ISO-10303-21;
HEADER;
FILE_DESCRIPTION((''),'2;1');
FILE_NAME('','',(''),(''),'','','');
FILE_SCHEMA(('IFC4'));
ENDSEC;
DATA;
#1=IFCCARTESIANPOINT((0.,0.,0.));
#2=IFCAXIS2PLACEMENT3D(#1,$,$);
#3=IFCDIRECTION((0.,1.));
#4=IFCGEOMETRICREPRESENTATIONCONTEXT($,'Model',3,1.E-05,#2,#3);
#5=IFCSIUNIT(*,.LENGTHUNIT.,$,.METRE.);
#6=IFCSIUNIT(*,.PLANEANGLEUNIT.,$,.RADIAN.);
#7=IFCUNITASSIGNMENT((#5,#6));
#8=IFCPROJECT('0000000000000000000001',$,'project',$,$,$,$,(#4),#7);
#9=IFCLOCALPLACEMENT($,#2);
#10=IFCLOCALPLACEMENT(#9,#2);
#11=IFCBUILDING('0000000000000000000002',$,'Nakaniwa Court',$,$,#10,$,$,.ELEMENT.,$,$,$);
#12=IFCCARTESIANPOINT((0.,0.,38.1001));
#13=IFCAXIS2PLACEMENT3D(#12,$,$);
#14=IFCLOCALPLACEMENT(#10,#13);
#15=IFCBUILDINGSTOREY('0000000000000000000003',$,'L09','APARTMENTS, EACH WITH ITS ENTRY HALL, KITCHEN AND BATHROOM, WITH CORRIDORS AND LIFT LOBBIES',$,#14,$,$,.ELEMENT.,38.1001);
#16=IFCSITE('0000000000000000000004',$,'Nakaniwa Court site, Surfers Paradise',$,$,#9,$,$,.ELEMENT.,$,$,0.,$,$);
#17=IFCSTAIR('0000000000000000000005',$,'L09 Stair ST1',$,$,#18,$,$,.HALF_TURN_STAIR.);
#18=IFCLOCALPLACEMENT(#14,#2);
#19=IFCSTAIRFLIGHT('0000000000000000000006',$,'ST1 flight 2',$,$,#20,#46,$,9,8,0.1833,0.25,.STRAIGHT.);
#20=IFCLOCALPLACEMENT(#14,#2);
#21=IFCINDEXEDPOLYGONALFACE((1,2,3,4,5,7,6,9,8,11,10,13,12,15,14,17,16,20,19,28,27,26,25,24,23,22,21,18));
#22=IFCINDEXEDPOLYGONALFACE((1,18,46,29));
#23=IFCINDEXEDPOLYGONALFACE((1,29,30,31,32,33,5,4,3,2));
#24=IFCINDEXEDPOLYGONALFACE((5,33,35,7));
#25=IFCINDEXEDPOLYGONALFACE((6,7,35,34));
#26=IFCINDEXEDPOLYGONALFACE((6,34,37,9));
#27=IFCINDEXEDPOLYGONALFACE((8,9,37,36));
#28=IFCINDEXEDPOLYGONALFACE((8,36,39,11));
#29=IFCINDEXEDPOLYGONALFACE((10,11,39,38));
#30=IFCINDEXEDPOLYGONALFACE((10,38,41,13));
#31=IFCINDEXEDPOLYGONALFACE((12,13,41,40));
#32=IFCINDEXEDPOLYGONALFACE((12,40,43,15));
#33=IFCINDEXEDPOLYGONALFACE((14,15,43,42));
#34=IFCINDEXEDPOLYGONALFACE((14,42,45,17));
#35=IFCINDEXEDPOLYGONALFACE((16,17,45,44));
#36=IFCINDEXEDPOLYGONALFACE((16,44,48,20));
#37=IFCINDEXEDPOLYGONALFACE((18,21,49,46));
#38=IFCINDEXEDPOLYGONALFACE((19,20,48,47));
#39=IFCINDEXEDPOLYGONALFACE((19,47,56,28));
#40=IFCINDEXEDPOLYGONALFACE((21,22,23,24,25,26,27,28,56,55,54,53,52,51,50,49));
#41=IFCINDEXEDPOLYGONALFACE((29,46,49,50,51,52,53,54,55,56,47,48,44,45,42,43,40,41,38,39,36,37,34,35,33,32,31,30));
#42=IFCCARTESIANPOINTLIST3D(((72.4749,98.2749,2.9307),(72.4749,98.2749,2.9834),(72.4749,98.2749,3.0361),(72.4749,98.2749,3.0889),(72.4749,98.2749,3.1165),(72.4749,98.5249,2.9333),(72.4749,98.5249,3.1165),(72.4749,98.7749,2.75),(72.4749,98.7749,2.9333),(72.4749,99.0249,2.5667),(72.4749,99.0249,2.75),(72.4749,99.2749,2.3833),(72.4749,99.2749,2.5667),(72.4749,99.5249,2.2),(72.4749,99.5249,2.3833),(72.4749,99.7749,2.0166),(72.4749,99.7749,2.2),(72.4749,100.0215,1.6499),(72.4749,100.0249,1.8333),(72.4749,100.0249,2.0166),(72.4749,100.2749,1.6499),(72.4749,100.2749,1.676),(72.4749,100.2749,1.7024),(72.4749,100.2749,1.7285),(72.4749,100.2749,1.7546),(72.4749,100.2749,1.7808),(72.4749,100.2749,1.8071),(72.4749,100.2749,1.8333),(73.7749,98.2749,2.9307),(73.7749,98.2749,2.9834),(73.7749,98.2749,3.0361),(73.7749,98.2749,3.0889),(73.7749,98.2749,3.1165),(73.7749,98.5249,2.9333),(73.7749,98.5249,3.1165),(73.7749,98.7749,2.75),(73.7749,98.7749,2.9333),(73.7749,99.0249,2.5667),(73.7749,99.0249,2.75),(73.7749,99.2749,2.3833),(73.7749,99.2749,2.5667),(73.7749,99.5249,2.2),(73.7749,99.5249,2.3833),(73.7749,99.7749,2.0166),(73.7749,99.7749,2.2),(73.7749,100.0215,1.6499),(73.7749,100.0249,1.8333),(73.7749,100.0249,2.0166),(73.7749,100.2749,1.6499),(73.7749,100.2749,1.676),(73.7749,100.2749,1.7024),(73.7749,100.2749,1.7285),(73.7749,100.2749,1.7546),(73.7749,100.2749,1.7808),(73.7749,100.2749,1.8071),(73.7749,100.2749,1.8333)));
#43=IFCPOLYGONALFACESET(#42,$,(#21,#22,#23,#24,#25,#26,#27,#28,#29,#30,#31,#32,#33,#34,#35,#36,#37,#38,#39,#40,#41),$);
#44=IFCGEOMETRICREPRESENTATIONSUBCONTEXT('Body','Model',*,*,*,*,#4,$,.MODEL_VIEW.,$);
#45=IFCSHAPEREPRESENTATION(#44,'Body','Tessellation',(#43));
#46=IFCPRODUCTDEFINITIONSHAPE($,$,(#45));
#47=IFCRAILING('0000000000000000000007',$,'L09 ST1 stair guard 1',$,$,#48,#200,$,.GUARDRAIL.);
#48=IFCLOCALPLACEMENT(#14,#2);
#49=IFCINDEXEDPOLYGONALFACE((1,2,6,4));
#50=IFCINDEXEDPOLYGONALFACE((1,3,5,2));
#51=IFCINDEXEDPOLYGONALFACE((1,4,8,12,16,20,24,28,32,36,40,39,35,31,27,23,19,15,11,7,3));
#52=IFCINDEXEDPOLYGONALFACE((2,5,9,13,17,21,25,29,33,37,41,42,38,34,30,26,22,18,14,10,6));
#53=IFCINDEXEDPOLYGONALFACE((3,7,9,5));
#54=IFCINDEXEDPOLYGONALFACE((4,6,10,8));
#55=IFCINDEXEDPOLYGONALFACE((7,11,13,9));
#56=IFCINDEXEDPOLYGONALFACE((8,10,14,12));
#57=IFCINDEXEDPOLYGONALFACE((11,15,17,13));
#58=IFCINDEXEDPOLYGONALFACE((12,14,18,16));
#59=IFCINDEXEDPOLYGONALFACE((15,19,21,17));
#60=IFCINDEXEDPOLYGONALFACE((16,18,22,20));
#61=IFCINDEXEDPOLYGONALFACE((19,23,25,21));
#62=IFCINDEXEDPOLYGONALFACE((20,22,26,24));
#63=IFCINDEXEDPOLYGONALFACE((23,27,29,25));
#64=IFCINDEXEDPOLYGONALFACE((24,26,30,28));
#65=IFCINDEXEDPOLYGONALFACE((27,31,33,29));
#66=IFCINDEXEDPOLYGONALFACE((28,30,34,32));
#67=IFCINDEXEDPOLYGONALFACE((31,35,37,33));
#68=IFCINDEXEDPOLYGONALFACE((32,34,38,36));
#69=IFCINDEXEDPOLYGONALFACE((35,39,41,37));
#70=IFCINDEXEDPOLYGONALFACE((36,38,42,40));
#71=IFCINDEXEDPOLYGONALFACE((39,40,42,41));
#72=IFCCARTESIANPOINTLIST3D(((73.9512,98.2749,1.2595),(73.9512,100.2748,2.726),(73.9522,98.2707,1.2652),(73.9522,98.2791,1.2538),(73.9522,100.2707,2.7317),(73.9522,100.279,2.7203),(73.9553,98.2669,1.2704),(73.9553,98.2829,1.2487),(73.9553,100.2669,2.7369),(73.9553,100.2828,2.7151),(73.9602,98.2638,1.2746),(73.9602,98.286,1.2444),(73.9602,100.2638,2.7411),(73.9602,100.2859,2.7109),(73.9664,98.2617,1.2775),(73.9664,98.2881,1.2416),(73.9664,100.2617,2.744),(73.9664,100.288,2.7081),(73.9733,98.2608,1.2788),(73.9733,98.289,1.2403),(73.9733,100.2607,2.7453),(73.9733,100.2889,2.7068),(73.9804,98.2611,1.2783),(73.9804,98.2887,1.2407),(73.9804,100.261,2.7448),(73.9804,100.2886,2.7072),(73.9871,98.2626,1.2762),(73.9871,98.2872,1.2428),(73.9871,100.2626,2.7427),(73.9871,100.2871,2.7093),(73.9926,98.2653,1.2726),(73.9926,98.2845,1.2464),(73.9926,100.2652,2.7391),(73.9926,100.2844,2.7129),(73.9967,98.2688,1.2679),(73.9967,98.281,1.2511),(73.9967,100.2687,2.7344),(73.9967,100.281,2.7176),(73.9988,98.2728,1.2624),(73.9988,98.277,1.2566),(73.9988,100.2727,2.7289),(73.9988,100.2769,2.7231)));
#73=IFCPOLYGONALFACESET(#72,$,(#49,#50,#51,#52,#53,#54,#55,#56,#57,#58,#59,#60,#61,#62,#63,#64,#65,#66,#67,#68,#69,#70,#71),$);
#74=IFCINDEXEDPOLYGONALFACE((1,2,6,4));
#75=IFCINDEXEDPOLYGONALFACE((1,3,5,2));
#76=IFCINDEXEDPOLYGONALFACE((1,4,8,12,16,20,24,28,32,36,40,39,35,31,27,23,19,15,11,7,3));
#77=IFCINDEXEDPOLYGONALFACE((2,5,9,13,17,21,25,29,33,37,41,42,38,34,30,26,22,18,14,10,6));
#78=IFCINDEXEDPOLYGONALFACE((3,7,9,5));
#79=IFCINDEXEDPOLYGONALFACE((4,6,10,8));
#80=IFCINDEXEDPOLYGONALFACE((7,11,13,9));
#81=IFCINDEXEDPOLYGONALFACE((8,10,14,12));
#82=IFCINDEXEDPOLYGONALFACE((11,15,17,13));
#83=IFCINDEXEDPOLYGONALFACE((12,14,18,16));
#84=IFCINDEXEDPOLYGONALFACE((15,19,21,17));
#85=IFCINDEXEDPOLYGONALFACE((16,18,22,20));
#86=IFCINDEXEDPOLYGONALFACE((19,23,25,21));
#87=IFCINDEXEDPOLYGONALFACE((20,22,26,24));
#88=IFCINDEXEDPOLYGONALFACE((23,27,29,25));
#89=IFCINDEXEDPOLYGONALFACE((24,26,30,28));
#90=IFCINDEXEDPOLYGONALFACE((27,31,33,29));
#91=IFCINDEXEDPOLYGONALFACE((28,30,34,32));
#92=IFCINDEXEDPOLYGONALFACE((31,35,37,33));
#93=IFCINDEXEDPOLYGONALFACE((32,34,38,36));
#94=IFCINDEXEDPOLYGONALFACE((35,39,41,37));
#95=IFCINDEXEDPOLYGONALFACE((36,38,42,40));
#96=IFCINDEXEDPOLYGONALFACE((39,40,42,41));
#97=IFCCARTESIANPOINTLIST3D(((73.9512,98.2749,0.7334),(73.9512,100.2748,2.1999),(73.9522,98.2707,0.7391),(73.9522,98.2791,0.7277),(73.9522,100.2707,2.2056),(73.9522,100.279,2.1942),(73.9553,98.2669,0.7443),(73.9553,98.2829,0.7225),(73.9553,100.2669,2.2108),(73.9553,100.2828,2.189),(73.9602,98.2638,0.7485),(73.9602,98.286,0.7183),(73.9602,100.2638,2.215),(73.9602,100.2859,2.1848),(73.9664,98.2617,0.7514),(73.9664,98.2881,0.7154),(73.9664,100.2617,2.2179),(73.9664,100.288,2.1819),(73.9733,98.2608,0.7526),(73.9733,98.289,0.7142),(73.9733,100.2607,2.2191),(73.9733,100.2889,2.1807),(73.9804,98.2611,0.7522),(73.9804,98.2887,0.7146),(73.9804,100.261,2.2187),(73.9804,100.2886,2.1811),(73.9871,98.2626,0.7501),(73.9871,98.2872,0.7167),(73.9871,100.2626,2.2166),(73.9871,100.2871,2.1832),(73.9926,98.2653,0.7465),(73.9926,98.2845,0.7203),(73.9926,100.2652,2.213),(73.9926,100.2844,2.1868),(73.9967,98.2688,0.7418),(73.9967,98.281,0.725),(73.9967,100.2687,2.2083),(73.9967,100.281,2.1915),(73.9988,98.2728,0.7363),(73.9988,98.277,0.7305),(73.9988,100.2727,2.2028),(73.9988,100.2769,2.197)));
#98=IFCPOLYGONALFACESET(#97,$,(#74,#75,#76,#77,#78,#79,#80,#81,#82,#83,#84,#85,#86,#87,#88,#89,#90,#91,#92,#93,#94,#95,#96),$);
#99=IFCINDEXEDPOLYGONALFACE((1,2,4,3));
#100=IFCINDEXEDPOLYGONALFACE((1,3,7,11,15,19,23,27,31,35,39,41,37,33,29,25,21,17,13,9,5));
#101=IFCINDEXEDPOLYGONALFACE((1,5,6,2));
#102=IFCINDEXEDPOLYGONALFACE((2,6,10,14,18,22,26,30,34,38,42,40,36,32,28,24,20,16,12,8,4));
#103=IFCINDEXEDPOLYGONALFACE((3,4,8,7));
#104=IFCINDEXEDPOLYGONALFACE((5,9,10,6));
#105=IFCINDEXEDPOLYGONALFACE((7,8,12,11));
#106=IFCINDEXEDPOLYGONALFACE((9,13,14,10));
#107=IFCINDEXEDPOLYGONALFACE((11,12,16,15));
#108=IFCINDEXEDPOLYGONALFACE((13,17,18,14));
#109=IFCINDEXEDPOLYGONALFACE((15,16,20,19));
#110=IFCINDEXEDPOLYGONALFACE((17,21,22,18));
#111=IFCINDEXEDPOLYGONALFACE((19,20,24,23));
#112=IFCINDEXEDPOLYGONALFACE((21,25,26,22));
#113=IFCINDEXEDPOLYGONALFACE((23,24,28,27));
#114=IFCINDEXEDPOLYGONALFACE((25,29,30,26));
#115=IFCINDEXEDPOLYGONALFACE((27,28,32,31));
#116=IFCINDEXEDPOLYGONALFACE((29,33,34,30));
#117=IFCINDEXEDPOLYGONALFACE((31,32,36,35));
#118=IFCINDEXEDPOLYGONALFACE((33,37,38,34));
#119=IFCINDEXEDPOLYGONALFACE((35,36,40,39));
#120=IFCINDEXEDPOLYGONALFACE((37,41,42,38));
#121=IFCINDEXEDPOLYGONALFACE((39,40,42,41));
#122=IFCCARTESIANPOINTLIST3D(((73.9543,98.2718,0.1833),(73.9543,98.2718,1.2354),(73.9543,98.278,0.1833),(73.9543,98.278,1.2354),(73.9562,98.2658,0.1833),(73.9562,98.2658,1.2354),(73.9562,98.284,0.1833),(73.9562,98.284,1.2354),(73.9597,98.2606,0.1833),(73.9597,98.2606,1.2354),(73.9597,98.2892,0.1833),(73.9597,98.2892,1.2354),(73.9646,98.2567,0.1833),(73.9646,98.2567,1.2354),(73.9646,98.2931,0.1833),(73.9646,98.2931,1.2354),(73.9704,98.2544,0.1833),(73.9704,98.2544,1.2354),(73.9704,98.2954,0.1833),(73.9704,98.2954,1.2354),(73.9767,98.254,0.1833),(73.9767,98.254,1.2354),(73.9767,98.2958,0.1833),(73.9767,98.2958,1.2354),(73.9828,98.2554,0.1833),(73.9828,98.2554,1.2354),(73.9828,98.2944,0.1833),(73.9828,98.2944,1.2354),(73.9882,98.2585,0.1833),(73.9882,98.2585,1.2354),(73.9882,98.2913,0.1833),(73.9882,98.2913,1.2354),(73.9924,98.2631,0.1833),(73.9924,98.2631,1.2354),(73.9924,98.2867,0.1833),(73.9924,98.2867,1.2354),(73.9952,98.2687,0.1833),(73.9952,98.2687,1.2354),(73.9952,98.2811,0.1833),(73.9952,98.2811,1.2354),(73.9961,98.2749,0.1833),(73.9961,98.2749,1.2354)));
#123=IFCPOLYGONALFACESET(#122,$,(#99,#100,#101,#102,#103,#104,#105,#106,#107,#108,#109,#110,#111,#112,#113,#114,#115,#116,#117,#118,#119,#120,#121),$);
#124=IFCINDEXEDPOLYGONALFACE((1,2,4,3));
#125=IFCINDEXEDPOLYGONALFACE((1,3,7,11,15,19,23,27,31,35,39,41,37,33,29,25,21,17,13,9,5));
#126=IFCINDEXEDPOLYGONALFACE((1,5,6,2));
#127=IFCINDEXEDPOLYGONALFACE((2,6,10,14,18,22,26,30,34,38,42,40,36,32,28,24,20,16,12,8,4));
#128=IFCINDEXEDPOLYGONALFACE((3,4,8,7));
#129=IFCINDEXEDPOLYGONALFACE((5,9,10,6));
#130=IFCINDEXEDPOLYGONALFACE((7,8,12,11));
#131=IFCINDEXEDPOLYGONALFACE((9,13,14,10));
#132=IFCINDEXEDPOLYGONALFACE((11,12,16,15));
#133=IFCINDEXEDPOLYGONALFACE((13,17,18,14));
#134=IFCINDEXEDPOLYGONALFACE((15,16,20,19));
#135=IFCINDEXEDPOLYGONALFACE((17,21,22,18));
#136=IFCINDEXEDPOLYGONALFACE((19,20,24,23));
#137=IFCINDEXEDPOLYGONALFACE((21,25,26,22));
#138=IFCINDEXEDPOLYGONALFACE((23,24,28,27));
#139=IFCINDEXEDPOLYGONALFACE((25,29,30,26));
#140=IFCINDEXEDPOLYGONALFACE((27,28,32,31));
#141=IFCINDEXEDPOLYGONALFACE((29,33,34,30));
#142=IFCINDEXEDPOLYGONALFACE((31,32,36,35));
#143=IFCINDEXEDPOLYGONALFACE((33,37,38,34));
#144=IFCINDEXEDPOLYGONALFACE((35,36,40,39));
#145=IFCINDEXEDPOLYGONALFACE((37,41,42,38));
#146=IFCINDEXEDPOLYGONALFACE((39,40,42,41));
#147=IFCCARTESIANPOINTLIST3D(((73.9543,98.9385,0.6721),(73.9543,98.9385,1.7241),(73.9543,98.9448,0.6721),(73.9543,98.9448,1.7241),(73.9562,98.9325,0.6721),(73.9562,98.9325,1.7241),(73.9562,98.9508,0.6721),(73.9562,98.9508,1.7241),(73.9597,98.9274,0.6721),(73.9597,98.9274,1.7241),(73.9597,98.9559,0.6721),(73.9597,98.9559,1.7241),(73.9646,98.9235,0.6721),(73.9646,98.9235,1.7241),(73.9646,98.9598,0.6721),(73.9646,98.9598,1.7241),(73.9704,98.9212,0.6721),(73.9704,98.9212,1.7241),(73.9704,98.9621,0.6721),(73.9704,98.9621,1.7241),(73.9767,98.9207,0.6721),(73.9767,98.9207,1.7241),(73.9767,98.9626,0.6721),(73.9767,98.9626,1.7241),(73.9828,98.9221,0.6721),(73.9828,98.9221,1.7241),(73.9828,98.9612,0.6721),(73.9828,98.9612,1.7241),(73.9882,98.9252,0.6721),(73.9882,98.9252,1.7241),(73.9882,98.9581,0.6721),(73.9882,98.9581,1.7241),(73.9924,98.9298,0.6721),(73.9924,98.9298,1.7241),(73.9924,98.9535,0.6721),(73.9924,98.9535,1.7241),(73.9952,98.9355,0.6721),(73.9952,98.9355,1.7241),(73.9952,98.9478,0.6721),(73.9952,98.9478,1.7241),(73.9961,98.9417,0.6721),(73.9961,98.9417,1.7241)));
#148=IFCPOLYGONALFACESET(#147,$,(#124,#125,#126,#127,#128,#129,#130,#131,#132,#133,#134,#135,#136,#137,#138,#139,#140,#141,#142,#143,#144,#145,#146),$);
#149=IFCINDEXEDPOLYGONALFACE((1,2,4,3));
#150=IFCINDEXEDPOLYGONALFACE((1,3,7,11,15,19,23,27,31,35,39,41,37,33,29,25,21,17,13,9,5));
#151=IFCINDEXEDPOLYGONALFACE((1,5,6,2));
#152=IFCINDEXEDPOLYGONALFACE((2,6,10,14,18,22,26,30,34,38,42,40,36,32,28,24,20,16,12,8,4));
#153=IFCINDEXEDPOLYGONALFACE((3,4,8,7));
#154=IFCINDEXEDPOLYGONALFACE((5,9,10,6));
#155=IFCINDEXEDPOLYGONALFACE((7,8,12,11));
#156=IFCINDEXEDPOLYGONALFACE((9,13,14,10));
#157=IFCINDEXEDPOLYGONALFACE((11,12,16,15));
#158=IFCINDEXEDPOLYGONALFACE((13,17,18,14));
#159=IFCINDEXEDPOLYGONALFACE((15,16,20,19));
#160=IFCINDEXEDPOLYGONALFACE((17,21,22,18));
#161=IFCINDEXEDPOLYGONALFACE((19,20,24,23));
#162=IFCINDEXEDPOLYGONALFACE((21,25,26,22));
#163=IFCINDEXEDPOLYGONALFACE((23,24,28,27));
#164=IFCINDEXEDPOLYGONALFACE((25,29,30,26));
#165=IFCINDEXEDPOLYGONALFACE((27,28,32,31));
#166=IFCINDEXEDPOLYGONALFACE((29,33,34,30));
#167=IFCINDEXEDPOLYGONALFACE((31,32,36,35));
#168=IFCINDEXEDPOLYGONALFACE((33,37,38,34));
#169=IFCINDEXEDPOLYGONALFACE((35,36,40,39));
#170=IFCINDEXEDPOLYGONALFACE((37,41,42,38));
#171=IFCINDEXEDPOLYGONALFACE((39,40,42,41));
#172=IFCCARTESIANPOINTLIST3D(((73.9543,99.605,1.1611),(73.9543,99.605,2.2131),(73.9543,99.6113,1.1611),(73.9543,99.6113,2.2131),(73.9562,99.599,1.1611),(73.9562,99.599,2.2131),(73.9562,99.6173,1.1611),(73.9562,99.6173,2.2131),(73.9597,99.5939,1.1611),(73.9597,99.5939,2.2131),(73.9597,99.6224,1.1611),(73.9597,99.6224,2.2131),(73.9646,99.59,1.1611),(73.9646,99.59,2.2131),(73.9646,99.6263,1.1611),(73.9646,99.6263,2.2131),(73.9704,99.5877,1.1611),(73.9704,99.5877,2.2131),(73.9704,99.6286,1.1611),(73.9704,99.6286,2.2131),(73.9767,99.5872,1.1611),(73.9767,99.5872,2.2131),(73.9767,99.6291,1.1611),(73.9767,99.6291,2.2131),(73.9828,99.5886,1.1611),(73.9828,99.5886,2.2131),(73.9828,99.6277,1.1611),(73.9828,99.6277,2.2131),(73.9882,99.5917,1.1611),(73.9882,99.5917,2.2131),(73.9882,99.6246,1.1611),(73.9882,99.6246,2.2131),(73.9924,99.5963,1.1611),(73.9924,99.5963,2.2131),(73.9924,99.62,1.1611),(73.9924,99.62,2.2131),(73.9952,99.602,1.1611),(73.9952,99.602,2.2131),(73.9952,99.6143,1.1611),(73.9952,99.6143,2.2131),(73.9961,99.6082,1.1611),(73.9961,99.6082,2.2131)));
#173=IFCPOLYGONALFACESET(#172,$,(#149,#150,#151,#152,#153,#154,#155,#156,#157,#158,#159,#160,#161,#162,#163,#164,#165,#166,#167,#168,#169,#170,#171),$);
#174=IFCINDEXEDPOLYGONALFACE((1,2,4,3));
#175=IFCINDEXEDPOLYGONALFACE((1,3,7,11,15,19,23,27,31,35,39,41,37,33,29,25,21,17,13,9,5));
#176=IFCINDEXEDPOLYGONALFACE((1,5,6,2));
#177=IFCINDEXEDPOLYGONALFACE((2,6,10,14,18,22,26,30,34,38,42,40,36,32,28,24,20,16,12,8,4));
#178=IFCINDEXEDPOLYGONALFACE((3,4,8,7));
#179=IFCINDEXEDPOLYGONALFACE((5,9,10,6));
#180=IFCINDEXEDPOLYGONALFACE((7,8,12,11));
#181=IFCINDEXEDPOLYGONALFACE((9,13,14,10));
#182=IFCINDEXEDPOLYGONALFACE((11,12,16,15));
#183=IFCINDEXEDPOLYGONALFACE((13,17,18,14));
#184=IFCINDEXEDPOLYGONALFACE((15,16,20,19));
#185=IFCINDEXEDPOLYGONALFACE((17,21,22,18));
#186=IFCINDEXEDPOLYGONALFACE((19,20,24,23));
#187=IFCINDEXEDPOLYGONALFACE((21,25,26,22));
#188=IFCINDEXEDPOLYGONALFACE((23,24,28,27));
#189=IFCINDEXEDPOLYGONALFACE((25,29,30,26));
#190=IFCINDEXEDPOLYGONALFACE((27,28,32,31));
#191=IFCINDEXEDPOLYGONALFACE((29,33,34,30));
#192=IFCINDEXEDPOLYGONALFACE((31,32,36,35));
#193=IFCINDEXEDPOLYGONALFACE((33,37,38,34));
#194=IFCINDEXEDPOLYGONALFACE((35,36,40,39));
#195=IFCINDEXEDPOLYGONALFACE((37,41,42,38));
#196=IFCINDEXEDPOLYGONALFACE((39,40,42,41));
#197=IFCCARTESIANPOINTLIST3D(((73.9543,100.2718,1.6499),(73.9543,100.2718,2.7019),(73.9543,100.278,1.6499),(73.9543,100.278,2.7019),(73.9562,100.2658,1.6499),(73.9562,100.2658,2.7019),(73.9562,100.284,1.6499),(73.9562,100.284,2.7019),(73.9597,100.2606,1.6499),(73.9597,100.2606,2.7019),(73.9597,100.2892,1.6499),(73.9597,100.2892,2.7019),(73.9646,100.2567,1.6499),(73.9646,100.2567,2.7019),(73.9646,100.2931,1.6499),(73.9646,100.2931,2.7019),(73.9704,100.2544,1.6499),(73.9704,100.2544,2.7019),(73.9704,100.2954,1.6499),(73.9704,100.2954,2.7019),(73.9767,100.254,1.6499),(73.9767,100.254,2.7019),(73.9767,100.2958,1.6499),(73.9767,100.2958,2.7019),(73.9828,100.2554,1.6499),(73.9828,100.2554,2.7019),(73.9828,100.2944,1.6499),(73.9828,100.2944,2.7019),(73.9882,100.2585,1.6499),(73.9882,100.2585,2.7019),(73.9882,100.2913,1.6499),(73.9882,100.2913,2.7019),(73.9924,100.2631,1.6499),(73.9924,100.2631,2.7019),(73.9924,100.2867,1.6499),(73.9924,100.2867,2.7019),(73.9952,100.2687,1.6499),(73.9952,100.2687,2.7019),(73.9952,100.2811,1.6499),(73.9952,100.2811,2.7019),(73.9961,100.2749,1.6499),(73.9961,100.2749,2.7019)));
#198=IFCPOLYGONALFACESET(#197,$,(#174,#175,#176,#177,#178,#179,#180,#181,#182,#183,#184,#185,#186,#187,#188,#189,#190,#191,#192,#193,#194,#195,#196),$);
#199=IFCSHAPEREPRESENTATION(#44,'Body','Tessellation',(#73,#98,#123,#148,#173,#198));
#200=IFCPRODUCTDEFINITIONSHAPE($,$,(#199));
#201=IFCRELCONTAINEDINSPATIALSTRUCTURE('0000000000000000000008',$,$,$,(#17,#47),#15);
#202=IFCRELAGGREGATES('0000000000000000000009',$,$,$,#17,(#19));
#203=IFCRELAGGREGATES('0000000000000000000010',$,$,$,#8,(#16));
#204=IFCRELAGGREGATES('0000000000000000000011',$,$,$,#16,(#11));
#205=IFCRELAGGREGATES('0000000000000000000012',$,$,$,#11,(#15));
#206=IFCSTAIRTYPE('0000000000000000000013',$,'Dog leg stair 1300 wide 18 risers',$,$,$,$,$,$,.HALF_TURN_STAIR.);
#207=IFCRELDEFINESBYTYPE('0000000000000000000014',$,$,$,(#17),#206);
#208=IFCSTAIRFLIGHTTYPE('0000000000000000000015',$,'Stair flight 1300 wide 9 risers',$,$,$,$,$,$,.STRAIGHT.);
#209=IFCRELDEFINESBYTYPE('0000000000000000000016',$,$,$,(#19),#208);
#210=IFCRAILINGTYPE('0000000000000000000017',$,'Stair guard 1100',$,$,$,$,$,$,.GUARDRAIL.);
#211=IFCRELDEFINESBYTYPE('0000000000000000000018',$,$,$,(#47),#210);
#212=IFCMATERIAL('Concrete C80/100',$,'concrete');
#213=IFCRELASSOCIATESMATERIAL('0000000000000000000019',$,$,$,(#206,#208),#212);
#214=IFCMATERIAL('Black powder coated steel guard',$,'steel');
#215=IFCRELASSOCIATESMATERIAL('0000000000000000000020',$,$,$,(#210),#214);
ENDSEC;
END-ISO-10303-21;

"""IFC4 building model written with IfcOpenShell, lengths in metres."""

from ifc_helpers import new_model, si_unit, direction, frame, origin, origin_2d, place, context, subcontext, project, spatial, polyline, circle, outline, extrude, material, type_object, element, aggregate, save


model = new_model("IFC4")

# Units and contexts
model_context = context("Model", 3, precision=1e-05, world=origin(), true_north=direction((0.0, 1.0)))
body_context = subcontext(model_context, "Body", "Model", "MODEL_VIEW")
ifc_project = project(units=[si_unit("LENGTHUNIT", "METRE"), si_unit("PLANEANGLEUNIT", "RADIAN")], contexts=[model_context])

# Site, building, storey
site_placement = place(None, origin())
site = spatial("IfcSite", under=ifc_project, at=site_placement, Name="Nakaniwa Court site, Surfers Paradise", CompositionType="ELEMENT", RefElevation=0.0)
building_placement = place(site_placement, origin())
building = spatial("IfcBuilding", under=site, at=building_placement, Name="Nakaniwa Court", CompositionType="ELEMENT")
storey_placement = place(building_placement, frame((0.0, 0.0, 38.1001)))
storey = spatial("IfcBuildingStorey", under=building, at=storey_placement, Name="L09", Description="APARTMENTS, EACH WITH ITS ENTRY HALL, KITCHEN AND BATHROOM, WITH CORRIDORS AND LIFT LOBBIES", CompositionType="ELEMENT", Elevation=38.1001)

# Shared definitions
ifc_material_1 = material(Name="Concrete C80/100", Category="concrete")

# Stair, stair flight
stair_type = type_object("IfcStairType", Name="Dog leg stair 1300 wide 18 risers", PredefinedType="HALF_TURN_STAIR", material=ifc_material_1)
stair_placement = place(storey_placement, origin())
stair = element("IfcStair", 1, at=stair_placement, inside=storey, type_object=stair_type, Name="L09 Stair ST1", PredefinedType="HALF_TURN_STAIR")
stair_flight_type = type_object("IfcStairFlightType", Name="Stair flight 1300 wide 9 risers", PredefinedType="STRAIGHT", material=ifc_material_1)
stair_flight_1_placement = place(storey_placement, frame((73.125, 100.2749, 1.6499), z_axis=(0.0, 0.0, 1.0), x_axis=(0.0, -1.0, 0.0)))
stair_flight_1 = element("IfcStairFlight", 2, at=stair_flight_1_placement, type_object=stair_flight_type, Name="ST1 flight 2", NumberOfRisers=9, NumberOfTreads=8, PredefinedType="STRAIGHT", RiserHeight=0.1833, TreadLength=0.25, context=body_context, shape_type="SweptSolid", body=[
    extrude(outline(polyline([(0.0, 0.0), (0.0, 0.0261), (0.0, 0.0525), (0.0, 0.0786), (0.0, 0.1047), (0.0, 0.1309), (0.0, 0.1572), (0.0, 0.1833), (0.25, 0.1833), (0.25, 0.3667), (0.5, 0.3667), (0.5, 0.55), (0.75, 0.55), (0.75, 0.7334), (1.0, 0.7334), (1.0, 0.9167), (1.25, 0.9167), (1.25, 1.1001), (1.5, 1.1001), (1.5, 1.2834), (1.75, 1.2834), (1.75, 1.4666), (2.0, 1.4666), (2.0, 1.6499), (2.0, 1.5972), (2.0, 1.5444), (2.0, 1.4917), (2.0, 1.439), (2.0, 1.3862), (2.0, 1.3335), (2.0, 1.2808), (0.2534, 0.0), (0.0, 0.0)])), frame((0.0, 0.6499, 0.0), z_axis=(0.0, -1.0, 0.0), x_axis=(1.0, 0.0, 0.0)), (0.0, 0.0, 1.0), 1.3),
])
aggregate(stair, [stair_flight_1])

# Railing
ifc_material_2 = material(Name="Black powder coated steel guard", Category="steel")
railing_type_1 = type_object("IfcRailingType", Name="Stair guard 1100", PredefinedType="GUARDRAIL", material=ifc_material_2)
railing_1_placement = place(storey_placement, frame((73.9751, 98.2749, 0.1833)))
element("IfcRailing", 3, at=railing_1_placement, inside=storey, type_object=railing_type_1, Name="L09 ST1 stair guard 1", PredefinedType="GUARDRAIL", context=body_context, shape_type="SweptSolid", body=[
    extrude(circle(Radius=0.0239, at=origin_2d()), frame((0.0, 0.0, 1.0762), z_axis=(0.0, 0.806427, 0.591334), x_axis=(-1.0, 0.0, 0.0)), (0.0, 0.0, 1.0), 2.48),
    extrude(circle(Radius=0.0239, at=origin_2d()), frame((0.0, 0.0, 0.55), z_axis=(0.0, 0.806427, 0.591334), x_axis=(-1.0, 0.0, 0.0)), (0.0, 0.0, 1.0), 2.48),
    extrude(circle(Radius=0.021, at=origin_2d()), origin(), (0.0, 0.0, 1.0), 1.052),
    extrude(circle(Radius=0.021, at=origin_2d()), frame((0.0, 0.6667, 0.4888)), (0.0, 0.0, 1.0), 1.052),
    extrude(circle(Radius=0.021, at=origin_2d()), frame((0.0, 1.3333, 0.9778)), (0.0, 0.0, 1.0), 1.052),
    extrude(circle(Radius=0.021, at=origin_2d()), frame((0.0, 2.0, 1.4666)), (0.0, 0.0, 1.0), 1.052),
])

save(model, "model.ifc")
